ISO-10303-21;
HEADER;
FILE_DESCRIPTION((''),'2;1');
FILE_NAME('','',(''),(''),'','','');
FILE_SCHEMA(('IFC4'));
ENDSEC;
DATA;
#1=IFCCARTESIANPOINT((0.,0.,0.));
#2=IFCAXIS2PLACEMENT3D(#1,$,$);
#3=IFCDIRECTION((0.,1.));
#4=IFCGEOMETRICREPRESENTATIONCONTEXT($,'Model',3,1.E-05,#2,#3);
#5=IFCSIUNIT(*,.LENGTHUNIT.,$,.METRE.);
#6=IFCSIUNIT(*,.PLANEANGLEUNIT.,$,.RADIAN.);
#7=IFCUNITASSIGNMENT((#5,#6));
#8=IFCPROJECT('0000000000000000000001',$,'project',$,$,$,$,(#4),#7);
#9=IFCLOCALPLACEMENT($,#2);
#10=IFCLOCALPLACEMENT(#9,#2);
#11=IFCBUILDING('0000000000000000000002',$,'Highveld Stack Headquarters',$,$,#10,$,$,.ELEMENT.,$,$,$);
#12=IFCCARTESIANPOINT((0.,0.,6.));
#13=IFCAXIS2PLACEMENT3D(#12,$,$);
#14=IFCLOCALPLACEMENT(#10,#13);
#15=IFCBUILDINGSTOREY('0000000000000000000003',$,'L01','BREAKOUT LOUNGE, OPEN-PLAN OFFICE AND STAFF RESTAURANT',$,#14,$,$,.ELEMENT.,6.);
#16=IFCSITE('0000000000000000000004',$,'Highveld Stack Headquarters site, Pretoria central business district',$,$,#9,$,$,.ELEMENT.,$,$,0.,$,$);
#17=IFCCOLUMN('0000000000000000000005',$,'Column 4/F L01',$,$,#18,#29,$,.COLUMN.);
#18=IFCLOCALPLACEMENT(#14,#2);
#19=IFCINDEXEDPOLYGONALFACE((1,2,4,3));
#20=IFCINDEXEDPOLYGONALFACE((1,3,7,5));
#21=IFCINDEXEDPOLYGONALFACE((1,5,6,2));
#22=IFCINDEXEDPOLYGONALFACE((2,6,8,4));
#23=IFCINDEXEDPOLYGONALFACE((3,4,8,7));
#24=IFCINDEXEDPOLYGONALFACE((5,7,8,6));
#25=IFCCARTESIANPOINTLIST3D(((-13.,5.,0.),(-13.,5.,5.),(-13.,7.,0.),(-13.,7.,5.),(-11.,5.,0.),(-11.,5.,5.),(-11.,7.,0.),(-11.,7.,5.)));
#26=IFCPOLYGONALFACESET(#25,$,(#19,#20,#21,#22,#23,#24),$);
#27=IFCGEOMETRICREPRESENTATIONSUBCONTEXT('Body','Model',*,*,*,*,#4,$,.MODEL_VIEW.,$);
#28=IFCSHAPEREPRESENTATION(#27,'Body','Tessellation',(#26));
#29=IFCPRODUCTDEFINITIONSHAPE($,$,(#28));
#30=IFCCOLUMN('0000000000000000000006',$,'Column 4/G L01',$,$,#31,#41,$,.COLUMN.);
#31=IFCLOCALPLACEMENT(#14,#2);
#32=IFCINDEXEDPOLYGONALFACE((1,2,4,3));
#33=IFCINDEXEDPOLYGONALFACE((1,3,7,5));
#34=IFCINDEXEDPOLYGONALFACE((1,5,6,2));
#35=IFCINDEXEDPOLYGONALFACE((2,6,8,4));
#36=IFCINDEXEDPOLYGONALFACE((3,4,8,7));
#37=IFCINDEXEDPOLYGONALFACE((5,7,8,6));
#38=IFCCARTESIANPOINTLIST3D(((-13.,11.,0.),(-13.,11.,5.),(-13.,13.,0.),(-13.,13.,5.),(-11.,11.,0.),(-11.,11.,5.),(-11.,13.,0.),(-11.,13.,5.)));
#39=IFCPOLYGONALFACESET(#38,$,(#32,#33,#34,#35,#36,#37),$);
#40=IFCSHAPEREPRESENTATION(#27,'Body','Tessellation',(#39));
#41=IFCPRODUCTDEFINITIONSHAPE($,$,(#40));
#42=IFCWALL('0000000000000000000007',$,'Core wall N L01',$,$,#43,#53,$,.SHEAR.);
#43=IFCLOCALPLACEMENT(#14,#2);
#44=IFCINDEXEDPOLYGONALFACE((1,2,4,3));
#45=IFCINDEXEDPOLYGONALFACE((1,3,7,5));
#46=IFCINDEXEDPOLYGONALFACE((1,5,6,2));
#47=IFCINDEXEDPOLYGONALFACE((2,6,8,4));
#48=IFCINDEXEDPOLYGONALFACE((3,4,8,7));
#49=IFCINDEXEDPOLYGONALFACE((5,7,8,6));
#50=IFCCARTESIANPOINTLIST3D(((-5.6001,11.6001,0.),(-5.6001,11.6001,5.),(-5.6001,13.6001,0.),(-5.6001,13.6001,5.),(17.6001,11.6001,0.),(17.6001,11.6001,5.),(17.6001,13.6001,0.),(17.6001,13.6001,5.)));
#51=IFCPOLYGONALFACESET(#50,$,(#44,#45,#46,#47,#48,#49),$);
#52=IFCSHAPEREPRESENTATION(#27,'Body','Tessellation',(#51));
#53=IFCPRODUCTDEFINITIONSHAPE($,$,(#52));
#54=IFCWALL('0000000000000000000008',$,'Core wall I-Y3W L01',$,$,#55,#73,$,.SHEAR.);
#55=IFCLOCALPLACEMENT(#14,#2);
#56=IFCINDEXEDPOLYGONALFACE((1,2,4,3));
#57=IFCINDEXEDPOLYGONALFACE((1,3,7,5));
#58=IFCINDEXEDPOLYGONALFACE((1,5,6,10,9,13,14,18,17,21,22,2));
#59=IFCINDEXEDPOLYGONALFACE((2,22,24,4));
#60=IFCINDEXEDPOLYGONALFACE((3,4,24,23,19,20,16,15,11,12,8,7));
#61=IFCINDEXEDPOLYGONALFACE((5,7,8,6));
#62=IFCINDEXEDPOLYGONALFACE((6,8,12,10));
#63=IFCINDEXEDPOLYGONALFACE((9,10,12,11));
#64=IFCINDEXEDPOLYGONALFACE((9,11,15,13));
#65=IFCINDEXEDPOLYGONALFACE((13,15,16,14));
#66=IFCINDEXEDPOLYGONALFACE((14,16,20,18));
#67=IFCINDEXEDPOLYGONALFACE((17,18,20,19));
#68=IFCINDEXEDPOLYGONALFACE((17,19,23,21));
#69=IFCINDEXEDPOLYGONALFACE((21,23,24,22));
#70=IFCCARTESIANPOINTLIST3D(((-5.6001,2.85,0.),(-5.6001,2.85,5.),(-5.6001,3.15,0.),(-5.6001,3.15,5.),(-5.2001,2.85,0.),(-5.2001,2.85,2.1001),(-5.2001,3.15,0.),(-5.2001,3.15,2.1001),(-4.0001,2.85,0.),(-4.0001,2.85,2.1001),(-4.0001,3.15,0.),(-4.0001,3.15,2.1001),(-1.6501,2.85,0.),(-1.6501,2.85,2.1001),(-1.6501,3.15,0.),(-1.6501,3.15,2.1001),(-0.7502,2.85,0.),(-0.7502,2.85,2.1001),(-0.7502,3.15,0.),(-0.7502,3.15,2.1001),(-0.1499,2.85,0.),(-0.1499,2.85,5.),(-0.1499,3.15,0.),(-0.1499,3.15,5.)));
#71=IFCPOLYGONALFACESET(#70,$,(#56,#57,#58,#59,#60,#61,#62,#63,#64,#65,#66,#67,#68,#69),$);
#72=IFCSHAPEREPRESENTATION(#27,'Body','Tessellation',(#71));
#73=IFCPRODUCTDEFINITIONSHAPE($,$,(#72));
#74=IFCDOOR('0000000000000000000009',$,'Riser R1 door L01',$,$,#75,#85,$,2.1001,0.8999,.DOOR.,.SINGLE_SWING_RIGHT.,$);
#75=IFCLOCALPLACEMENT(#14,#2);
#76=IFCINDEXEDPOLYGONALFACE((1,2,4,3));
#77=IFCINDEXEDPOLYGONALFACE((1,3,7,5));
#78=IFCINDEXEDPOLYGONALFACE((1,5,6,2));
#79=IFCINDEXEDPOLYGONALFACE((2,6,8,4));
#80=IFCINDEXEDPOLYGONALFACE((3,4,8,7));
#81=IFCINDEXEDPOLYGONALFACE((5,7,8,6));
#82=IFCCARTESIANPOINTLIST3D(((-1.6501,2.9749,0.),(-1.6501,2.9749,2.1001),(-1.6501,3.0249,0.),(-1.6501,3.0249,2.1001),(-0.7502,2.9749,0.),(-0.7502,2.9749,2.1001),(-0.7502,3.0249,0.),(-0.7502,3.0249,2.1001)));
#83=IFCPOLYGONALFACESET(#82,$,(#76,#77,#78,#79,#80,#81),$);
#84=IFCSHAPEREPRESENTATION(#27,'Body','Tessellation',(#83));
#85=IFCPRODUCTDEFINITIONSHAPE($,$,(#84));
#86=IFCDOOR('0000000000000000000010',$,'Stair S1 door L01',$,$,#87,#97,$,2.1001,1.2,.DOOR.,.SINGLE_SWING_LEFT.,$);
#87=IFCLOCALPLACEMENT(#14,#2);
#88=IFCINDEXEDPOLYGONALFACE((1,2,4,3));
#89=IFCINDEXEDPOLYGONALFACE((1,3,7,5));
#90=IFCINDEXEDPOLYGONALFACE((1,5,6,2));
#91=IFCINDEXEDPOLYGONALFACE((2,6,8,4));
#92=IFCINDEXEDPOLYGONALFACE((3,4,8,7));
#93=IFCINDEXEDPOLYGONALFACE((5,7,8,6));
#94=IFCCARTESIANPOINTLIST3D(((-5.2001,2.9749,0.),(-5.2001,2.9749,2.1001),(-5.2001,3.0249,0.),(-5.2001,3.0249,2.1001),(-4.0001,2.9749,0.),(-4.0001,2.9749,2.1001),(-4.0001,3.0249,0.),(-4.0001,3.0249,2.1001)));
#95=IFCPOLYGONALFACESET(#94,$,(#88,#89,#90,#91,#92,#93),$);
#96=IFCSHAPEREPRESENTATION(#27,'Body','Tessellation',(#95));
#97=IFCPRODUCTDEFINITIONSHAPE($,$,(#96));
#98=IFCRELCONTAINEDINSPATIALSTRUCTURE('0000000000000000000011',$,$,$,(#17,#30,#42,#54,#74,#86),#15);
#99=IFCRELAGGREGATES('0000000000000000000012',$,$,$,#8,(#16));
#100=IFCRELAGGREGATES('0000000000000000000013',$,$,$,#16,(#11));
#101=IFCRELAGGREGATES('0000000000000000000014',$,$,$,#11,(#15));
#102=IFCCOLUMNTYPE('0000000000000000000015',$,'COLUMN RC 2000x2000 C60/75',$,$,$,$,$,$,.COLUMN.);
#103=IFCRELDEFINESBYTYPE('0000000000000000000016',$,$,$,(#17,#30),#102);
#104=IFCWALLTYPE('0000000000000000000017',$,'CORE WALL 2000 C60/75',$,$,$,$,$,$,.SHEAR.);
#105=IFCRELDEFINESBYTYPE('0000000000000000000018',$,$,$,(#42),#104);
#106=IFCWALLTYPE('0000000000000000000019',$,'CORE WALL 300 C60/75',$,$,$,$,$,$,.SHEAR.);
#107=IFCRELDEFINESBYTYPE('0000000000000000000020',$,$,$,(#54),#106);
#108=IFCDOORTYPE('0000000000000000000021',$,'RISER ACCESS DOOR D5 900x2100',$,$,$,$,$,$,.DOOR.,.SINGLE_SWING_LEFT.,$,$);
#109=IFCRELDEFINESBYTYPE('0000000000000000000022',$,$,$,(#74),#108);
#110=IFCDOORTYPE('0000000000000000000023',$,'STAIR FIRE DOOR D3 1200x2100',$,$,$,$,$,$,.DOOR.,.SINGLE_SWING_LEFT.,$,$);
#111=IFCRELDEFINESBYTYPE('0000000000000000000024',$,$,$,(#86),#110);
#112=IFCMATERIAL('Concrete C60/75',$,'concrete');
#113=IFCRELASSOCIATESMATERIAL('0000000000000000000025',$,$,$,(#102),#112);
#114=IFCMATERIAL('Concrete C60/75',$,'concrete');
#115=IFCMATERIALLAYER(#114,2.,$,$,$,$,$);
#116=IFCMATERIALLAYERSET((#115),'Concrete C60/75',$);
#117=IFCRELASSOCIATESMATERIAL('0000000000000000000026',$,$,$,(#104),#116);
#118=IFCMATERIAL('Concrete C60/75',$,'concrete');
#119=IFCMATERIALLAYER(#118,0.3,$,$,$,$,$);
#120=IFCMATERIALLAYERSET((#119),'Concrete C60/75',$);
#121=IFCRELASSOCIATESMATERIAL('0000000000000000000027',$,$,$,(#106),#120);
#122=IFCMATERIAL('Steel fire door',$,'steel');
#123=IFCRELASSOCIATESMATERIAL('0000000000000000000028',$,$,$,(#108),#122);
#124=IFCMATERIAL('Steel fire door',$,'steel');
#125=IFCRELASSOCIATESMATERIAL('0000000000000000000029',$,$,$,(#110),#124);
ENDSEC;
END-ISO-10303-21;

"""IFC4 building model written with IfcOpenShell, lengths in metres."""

from ifc_helpers import new_model, si_unit, direction, frame, frame_2d, origin, origin_2d, place, context, subcontext, project, spatial, rectangle, extrude, material, layer, layer_set, material_profile, profile_set, type_object, element, fill, save


model = new_model("IFC4")

# Units and contexts
model_context = context("Model", 3, precision=1e-05, world=origin(), true_north=direction((0.0, 1.0)))
body_context = subcontext(model_context, "Body", "Model", "MODEL_VIEW")
ifc_project = project(units=[si_unit("LENGTHUNIT", "METRE"), si_unit("PLANEANGLEUNIT", "RADIAN")], contexts=[model_context])

# Site, building, storey
site_placement = place(None, origin())
site = spatial("IfcSite", under=ifc_project, at=site_placement, Name="Highveld Stack Headquarters site, Pretoria central business district", CompositionType="ELEMENT", RefElevation=0.0)
building_placement = place(site_placement, origin())
building = spatial("IfcBuilding", under=site, at=building_placement, Name="Highveld Stack Headquarters", CompositionType="ELEMENT")
storey_placement = place(building_placement, frame((0.0, 0.0, 6.0)))
storey = spatial("IfcBuildingStorey", under=building, at=storey_placement, Name="L01", Description="BREAKOUT LOUNGE, OPEN-PLAN OFFICE AND STAFF RESTAURANT", CompositionType="ELEMENT", Elevation=6.0)

# Columns
ifc_material_1 = material(Name="Concrete C60/75", Category="concrete")
ifc_material_profile = material_profile(ifc_material_1, rectangle(XDim=2.0, YDim=2.0, at=origin_2d()), Name="RC 2000x2000")
ifc_profile_set = profile_set([ifc_material_profile], Name="Concrete C60/75")
column_type = type_object("IfcColumnType", Name="COLUMN RC 2000x2000 C60/75", PredefinedType="COLUMN", material=ifc_profile_set)
for number, where, z_axis, x_axis, name in (
    (1, (-12.0, 6.0, 0.0), (0.0, 0.0, 1.0), (1.0, 0.0, 0.0), "Column 4/F L01"),
    (2, (-12.0, 12.0, 0.0), (0.0, 0.0, 1.0), (1.0, 0.0, 0.0), "Column 4/G L01"),
):
    element("IfcColumn", number, at=place(storey_placement, frame(where, z_axis=z_axis, x_axis=x_axis)), inside=storey, type_object=column_type, Name=name, PredefinedType="COLUMN", context=body_context, shape_type="SweptSolid", body=[
        extrude(rectangle(XDim=2.0, YDim=2.0, at=origin_2d()), origin(), (0.0, 0.0, 1.0), 5.0),
    ])

# Wall
ifc_material_2 = material(Name="Concrete C60/75", Category="concrete")
ifc_layer_1 = layer(ifc_material_2, 2.0)
ifc_layer_set_1 = layer_set([ifc_layer_1], Name="Concrete C60/75")
wall_type_1 = type_object("IfcWallType", Name="CORE WALL 2000 C60/75", PredefinedType="SHEAR", material=ifc_layer_set_1)
wall_1_placement = place(storey_placement, frame((-5.6001, 12.6001, 0.0), z_axis=(0.0, 0.0, 1.0), x_axis=(1.0, 0.0, 0.0)))
element("IfcWall", 3, at=wall_1_placement, inside=storey, type_object=wall_type_1, Name="Core wall N L01", PredefinedType="SHEAR", context=body_context, shape_type="SweptSolid", body=[
    extrude(rectangle(XDim=23.2002, YDim=2.0, at=frame_2d((11.6001, 0.0))), origin(), (0.0, 0.0, 1.0), 5.0),
])

# Wall, openings, doors
ifc_material_3 = material(Name="Concrete C60/75", Category="concrete")
ifc_layer_2 = layer(ifc_material_3, 0.3)
ifc_layer_set_2 = layer_set([ifc_layer_2], Name="Concrete C60/75")
wall_type_2 = type_object("IfcWallType", Name="CORE WALL 300 C60/75", PredefinedType="SHEAR", material=ifc_layer_set_2)
wall_2_placement = place(storey_placement, frame((-5.6001, 3.0, 0.0), z_axis=(0.0, 0.0, 1.0), x_axis=(1.0, 0.0, 0.0)))
wall_2 = element("IfcWall", 4, at=wall_2_placement, inside=storey, type_object=wall_type_2, Name="Core wall I-Y3W L01", PredefinedType="SHEAR", context=body_context, shape_type="SweptSolid", body=[
    extrude(rectangle(XDim=5.4502, YDim=0.3, at=frame_2d((2.7251, 0.0))), origin(), (0.0, 0.0, 1.0), 5.0),
])
opening_1_placement = place(wall_2_placement, frame((0.3999, 0.0, 0.0)))
opening_1 = element("IfcOpeningElement", 5, at=opening_1_placement, cuts=wall_2, PredefinedType="OPENING", context=body_context, shape_type="SweptSolid", body=[
    extrude(rectangle(XDim=1.2, YDim=2.1001, at=frame_2d((0.6001, 1.05))), frame((0.0, 0.1599, 0.0), z_axis=(0.0, -1.0, 0.0), x_axis=(1.0, 0.0, 0.0)), (0.0, 0.0, 1.0), 0.3201),
])
opening_2_placement = place(wall_2_placement, frame((3.95, 0.0, 0.0)))
opening_2 = element("IfcOpeningElement", 6, at=opening_2_placement, cuts=wall_2, PredefinedType="OPENING", context=body_context, shape_type="SweptSolid", body=[
    extrude(rectangle(XDim=0.8999, YDim=2.1001, at=frame_2d((0.45, 1.05))), frame((0.0, 0.1599, 0.0), z_axis=(0.0, -1.0, 0.0), x_axis=(1.0, 0.0, 0.0)), (0.0, 0.0, 1.0), 0.3201),
])
ifc_material_4 = material(Name="Steel fire door", Category="steel")
door_type_1 = type_object("IfcDoorType", Name="RISER ACCESS DOOR D5 900x2100", OperationType="SINGLE_SWING_LEFT", PredefinedType="DOOR", material=ifc_material_4)
door_1_placement = place(opening_2_placement, origin())
door_1 = element("IfcDoor", 7, at=door_1_placement, inside=storey, type_object=door_type_1, Name="Riser R1 door L01", OperationType="SINGLE_SWING_RIGHT", OverallHeight=2.1001, OverallWidth=0.8999, PredefinedType="DOOR", context=body_context, shape_type="SweptSolid", body=[
    extrude(rectangle(XDim=0.8999, YDim=2.1001, at=frame_2d((0.45, 1.05))), frame((0.0, 0.0249, 0.0), z_axis=(0.0, -1.0, 0.0), x_axis=(1.0, 0.0, 0.0)), (0.0, 0.0, 1.0), 0.05),
])
fill(opening_2, door_1)
ifc_material_5 = material(Name="Steel fire door", Category="steel")
door_type_2 = type_object("IfcDoorType", Name="STAIR FIRE DOOR D3 1200x2100", OperationType="SINGLE_SWING_LEFT", PredefinedType="DOOR", material=ifc_material_5)
door_2_placement = place(opening_1_placement, origin())
door_2 = element("IfcDoor", 8, at=door_2_placement, inside=storey, type_object=door_type_2, Name="Stair S1 door L01", OperationType="SINGLE_SWING_LEFT", OverallHeight=2.1001, OverallWidth=1.2, PredefinedType="DOOR", context=body_context, shape_type="SweptSolid", body=[
    extrude(rectangle(XDim=1.2, YDim=2.1001, at=frame_2d((0.6001, 1.05))), frame((0.0, 0.0249, 0.0), z_axis=(0.0, -1.0, 0.0), x_axis=(1.0, 0.0, 0.0)), (0.0, 0.0, 1.0), 0.05),
])
fill(opening_1, door_2)

save(model, "model.ifc")
